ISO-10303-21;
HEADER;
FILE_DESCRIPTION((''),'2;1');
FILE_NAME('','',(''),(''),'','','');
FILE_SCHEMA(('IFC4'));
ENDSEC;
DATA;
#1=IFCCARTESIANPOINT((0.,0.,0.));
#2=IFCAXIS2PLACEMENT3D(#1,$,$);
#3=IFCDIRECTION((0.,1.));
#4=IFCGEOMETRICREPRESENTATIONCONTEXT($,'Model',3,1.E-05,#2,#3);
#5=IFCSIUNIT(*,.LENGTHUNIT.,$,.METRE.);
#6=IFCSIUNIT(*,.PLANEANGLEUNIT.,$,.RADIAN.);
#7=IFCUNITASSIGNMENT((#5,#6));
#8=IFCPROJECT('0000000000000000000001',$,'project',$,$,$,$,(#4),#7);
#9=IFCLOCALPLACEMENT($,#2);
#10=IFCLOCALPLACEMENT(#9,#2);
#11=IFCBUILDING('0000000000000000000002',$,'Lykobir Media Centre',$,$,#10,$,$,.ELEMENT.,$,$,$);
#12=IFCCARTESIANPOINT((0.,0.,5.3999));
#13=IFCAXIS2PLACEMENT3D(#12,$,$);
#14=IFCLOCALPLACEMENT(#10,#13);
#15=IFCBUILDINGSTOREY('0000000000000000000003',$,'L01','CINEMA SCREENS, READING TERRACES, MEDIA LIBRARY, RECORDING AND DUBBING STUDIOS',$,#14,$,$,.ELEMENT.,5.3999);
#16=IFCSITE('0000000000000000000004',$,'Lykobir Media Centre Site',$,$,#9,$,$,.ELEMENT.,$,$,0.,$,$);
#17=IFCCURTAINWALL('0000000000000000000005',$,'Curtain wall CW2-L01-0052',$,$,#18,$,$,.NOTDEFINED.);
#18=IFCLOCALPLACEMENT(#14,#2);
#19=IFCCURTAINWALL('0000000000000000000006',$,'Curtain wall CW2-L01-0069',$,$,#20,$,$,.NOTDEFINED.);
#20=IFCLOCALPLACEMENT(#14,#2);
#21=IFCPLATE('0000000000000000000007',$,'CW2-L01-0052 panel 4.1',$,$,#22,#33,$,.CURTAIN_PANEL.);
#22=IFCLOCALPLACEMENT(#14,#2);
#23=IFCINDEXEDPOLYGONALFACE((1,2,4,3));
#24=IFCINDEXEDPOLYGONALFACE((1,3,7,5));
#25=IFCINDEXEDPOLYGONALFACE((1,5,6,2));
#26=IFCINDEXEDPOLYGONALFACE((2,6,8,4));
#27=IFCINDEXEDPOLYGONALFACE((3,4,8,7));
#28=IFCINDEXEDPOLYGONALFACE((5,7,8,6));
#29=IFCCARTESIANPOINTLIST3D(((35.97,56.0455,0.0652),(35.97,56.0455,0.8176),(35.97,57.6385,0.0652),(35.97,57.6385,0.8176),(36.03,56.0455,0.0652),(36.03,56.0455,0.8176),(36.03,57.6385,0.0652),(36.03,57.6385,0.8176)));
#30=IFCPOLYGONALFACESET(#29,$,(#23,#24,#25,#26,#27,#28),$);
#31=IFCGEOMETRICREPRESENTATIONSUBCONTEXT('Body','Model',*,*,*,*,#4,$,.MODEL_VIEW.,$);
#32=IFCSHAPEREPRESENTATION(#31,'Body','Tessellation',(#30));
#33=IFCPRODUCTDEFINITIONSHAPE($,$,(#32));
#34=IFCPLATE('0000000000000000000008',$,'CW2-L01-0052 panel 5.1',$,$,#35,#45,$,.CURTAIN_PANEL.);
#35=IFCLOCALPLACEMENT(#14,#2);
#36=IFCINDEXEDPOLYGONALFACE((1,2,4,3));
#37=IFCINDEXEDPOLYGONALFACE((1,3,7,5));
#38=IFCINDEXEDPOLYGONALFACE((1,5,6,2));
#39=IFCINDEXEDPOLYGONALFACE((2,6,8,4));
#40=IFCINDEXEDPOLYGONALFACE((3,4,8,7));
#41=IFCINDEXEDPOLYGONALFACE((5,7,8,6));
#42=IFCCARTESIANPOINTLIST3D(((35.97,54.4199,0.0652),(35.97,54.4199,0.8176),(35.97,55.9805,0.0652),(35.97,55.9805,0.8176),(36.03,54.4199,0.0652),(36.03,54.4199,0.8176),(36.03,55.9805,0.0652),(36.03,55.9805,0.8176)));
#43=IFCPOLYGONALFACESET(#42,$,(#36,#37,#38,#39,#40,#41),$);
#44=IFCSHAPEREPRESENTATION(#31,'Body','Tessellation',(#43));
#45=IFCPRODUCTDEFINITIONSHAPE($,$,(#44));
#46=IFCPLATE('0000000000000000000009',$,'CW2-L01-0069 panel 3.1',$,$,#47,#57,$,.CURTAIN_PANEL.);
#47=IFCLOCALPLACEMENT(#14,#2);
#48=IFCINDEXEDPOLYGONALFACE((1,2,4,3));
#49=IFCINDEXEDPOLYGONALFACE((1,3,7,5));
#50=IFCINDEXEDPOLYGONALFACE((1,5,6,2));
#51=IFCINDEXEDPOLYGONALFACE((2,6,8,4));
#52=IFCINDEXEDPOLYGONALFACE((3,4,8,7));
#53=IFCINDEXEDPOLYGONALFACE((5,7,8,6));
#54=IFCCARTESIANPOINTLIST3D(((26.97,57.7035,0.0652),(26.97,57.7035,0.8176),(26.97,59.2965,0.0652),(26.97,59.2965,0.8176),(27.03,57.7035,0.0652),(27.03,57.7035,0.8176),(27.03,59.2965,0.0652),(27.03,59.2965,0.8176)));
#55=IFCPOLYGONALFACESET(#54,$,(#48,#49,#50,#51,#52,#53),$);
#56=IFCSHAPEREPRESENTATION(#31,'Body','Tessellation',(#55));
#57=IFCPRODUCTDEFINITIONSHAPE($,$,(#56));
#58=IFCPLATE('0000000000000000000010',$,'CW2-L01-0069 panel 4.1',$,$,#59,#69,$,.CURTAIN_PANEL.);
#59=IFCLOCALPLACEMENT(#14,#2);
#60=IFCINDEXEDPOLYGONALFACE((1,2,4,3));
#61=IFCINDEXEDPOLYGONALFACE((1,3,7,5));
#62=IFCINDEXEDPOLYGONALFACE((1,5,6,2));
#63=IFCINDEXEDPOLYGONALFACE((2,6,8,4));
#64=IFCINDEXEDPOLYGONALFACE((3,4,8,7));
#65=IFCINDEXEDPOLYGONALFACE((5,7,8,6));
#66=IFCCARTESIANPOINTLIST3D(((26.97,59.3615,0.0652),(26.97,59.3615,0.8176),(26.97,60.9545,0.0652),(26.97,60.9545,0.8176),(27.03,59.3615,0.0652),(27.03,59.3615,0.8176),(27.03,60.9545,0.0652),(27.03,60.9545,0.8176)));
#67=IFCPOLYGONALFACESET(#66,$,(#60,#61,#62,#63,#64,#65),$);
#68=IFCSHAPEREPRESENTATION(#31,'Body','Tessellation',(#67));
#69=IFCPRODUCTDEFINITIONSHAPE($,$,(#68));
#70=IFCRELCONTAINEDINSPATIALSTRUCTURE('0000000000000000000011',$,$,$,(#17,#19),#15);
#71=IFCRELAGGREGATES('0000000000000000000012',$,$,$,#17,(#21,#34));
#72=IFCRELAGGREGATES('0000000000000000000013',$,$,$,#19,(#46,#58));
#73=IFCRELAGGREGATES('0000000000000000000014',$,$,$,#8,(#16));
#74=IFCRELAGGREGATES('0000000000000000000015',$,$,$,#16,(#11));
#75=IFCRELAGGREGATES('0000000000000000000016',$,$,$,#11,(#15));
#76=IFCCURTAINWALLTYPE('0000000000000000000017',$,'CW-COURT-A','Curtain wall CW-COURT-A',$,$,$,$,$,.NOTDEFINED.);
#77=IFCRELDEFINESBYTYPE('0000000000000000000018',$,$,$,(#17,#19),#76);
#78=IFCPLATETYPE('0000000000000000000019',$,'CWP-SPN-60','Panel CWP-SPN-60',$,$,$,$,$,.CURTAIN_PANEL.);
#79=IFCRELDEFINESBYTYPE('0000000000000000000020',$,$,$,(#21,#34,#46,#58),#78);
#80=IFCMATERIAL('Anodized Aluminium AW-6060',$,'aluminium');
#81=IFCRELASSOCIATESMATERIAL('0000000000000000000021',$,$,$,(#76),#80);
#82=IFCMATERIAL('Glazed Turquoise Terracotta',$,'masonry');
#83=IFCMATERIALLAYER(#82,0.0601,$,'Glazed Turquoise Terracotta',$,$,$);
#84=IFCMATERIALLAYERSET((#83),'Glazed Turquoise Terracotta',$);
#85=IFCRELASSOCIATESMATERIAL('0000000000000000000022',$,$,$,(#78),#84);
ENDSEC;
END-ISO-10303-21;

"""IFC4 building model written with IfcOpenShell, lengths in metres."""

from ifc_helpers import new_model, si_unit, direction, frame, origin, origin_2d, place, context, subcontext, project, spatial, rectangle, extrude, material, layer, layer_set, type_object, element, aggregate, save


model = new_model("IFC4")

# Units and contexts
model_context = context("Model", 3, precision=1e-05, world=origin(), true_north=direction((0.0, 1.0)))
body_context = subcontext(model_context, "Body", "Model", "MODEL_VIEW")
ifc_project = project(units=[si_unit("LENGTHUNIT", "METRE"), si_unit("PLANEANGLEUNIT", "RADIAN")], contexts=[model_context])

# Site, building, storey
site_placement = place(None, origin())
site = spatial("IfcSite", under=ifc_project, at=site_placement, Name="Lykobir Media Centre Site", CompositionType="ELEMENT", RefElevation=0.0)
building_placement = place(site_placement, origin())
building = spatial("IfcBuilding", under=site, at=building_placement, Name="Lykobir Media Centre", CompositionType="ELEMENT")
storey_placement = place(building_placement, frame((0.0, 0.0, 5.3999)))
storey = spatial("IfcBuildingStorey", under=building, at=storey_placement, Name="L01", Description="CINEMA SCREENS, READING TERRACES, MEDIA LIBRARY, RECORDING AND DUBBING STUDIOS", CompositionType="ELEMENT", Elevation=5.3999)

# Curtain walls
ifc_material_1 = material(Name="Anodized Aluminium AW-6060", Category="aluminium")
curtain_wall_type = type_object("IfcCurtainWallType", Name="CW-COURT-A", Description="Curtain wall CW-COURT-A", PredefinedType="NOTDEFINED", material=ifc_material_1)
curtain_wall_1_placement = place(storey_placement, origin())
curtain_wall_1 = element("IfcCurtainWall", 1, at=curtain_wall_1_placement, inside=storey, type_object=curtain_wall_type, Name="Curtain wall CW2-L01-0052", PredefinedType="NOTDEFINED")
curtain_wall_2_placement = place(storey_placement, origin())
curtain_wall_2 = element("IfcCurtainWall", 2, at=curtain_wall_2_placement, inside=storey, type_object=curtain_wall_type, Name="Curtain wall CW2-L01-0069", PredefinedType="NOTDEFINED")

# Plates
ifc_material_2 = material(Name="Glazed Turquoise Terracotta", Category="masonry")
ifc_layer_1 = layer(ifc_material_2, 0.0601, Name="Glazed Turquoise Terracotta")
ifc_layer_set_1 = layer_set([ifc_layer_1], Name="Glazed Turquoise Terracotta")
plate_type_1 = type_object("IfcPlateType", Name="CWP-SPN-60", Description="Panel CWP-SPN-60", PredefinedType="CURTAIN_PANEL", material=ifc_layer_set_1)
plate_1_placement = place(storey_placement, frame((36.0, 56.842, 0.0652), z_axis=(0.0, 0.0, 1.0), x_axis=(0.0, -1.0, 0.0)))
plate_1 = element("IfcPlate", 3, at=plate_1_placement, type_object=plate_type_1, Name="CW2-L01-0052 panel 4.1", PredefinedType="CURTAIN_PANEL", context=body_context, shape_type="SweptSolid", body=[
    extrude(rectangle(XDim=1.593, YDim=0.0601, at=origin_2d()), origin(), (0.0, 0.0, 1.0), 0.7524),
])
plate_2_placement = place(storey_placement, frame((36.0, 55.2002, 0.0652), z_axis=(0.0, 0.0, 1.0), x_axis=(0.0, -1.0, 0.0)))
plate_2 = element("IfcPlate", 4, at=plate_2_placement, type_object=plate_type_1, Name="CW2-L01-0052 panel 5.1", PredefinedType="CURTAIN_PANEL", context=body_context, shape_type="SweptSolid", body=[
    extrude(rectangle(XDim=1.5605, YDim=0.0601, at=origin_2d()), origin(), (0.0, 0.0, 1.0), 0.7524),
])
aggregate(curtain_wall_1, [plate_1, plate_2])
plate_3_placement = place(storey_placement, frame((27.0, 58.5, 0.0652), z_axis=(0.0, 0.0, 1.0), x_axis=(0.0, 1.0, 0.0)))
plate_3 = element("IfcPlate", 5, at=plate_3_placement, type_object=plate_type_1, Name="CW2-L01-0069 panel 3.1", PredefinedType="CURTAIN_PANEL", context=body_context, shape_type="SweptSolid", body=[
    extrude(rectangle(XDim=1.593, YDim=0.0601, at=origin_2d()), origin(), (0.0, 0.0, 1.0), 0.7524),
])
plate_4_placement = place(storey_placement, frame((27.0, 60.158, 0.0652), z_axis=(0.0, 0.0, 1.0), x_axis=(0.0, 1.0, 0.0)))
plate_4 = element("IfcPlate", 6, at=plate_4_placement, type_object=plate_type_1, Name="CW2-L01-0069 panel 4.1", PredefinedType="CURTAIN_PANEL", context=body_context, shape_type="SweptSolid", body=[
    extrude(rectangle(XDim=1.593, YDim=0.0601, at=origin_2d()), origin(), (0.0, 0.0, 1.0), 0.7524),
])
aggregate(curtain_wall_2, [plate_3, plate_4])

save(model, "model.ifc")
